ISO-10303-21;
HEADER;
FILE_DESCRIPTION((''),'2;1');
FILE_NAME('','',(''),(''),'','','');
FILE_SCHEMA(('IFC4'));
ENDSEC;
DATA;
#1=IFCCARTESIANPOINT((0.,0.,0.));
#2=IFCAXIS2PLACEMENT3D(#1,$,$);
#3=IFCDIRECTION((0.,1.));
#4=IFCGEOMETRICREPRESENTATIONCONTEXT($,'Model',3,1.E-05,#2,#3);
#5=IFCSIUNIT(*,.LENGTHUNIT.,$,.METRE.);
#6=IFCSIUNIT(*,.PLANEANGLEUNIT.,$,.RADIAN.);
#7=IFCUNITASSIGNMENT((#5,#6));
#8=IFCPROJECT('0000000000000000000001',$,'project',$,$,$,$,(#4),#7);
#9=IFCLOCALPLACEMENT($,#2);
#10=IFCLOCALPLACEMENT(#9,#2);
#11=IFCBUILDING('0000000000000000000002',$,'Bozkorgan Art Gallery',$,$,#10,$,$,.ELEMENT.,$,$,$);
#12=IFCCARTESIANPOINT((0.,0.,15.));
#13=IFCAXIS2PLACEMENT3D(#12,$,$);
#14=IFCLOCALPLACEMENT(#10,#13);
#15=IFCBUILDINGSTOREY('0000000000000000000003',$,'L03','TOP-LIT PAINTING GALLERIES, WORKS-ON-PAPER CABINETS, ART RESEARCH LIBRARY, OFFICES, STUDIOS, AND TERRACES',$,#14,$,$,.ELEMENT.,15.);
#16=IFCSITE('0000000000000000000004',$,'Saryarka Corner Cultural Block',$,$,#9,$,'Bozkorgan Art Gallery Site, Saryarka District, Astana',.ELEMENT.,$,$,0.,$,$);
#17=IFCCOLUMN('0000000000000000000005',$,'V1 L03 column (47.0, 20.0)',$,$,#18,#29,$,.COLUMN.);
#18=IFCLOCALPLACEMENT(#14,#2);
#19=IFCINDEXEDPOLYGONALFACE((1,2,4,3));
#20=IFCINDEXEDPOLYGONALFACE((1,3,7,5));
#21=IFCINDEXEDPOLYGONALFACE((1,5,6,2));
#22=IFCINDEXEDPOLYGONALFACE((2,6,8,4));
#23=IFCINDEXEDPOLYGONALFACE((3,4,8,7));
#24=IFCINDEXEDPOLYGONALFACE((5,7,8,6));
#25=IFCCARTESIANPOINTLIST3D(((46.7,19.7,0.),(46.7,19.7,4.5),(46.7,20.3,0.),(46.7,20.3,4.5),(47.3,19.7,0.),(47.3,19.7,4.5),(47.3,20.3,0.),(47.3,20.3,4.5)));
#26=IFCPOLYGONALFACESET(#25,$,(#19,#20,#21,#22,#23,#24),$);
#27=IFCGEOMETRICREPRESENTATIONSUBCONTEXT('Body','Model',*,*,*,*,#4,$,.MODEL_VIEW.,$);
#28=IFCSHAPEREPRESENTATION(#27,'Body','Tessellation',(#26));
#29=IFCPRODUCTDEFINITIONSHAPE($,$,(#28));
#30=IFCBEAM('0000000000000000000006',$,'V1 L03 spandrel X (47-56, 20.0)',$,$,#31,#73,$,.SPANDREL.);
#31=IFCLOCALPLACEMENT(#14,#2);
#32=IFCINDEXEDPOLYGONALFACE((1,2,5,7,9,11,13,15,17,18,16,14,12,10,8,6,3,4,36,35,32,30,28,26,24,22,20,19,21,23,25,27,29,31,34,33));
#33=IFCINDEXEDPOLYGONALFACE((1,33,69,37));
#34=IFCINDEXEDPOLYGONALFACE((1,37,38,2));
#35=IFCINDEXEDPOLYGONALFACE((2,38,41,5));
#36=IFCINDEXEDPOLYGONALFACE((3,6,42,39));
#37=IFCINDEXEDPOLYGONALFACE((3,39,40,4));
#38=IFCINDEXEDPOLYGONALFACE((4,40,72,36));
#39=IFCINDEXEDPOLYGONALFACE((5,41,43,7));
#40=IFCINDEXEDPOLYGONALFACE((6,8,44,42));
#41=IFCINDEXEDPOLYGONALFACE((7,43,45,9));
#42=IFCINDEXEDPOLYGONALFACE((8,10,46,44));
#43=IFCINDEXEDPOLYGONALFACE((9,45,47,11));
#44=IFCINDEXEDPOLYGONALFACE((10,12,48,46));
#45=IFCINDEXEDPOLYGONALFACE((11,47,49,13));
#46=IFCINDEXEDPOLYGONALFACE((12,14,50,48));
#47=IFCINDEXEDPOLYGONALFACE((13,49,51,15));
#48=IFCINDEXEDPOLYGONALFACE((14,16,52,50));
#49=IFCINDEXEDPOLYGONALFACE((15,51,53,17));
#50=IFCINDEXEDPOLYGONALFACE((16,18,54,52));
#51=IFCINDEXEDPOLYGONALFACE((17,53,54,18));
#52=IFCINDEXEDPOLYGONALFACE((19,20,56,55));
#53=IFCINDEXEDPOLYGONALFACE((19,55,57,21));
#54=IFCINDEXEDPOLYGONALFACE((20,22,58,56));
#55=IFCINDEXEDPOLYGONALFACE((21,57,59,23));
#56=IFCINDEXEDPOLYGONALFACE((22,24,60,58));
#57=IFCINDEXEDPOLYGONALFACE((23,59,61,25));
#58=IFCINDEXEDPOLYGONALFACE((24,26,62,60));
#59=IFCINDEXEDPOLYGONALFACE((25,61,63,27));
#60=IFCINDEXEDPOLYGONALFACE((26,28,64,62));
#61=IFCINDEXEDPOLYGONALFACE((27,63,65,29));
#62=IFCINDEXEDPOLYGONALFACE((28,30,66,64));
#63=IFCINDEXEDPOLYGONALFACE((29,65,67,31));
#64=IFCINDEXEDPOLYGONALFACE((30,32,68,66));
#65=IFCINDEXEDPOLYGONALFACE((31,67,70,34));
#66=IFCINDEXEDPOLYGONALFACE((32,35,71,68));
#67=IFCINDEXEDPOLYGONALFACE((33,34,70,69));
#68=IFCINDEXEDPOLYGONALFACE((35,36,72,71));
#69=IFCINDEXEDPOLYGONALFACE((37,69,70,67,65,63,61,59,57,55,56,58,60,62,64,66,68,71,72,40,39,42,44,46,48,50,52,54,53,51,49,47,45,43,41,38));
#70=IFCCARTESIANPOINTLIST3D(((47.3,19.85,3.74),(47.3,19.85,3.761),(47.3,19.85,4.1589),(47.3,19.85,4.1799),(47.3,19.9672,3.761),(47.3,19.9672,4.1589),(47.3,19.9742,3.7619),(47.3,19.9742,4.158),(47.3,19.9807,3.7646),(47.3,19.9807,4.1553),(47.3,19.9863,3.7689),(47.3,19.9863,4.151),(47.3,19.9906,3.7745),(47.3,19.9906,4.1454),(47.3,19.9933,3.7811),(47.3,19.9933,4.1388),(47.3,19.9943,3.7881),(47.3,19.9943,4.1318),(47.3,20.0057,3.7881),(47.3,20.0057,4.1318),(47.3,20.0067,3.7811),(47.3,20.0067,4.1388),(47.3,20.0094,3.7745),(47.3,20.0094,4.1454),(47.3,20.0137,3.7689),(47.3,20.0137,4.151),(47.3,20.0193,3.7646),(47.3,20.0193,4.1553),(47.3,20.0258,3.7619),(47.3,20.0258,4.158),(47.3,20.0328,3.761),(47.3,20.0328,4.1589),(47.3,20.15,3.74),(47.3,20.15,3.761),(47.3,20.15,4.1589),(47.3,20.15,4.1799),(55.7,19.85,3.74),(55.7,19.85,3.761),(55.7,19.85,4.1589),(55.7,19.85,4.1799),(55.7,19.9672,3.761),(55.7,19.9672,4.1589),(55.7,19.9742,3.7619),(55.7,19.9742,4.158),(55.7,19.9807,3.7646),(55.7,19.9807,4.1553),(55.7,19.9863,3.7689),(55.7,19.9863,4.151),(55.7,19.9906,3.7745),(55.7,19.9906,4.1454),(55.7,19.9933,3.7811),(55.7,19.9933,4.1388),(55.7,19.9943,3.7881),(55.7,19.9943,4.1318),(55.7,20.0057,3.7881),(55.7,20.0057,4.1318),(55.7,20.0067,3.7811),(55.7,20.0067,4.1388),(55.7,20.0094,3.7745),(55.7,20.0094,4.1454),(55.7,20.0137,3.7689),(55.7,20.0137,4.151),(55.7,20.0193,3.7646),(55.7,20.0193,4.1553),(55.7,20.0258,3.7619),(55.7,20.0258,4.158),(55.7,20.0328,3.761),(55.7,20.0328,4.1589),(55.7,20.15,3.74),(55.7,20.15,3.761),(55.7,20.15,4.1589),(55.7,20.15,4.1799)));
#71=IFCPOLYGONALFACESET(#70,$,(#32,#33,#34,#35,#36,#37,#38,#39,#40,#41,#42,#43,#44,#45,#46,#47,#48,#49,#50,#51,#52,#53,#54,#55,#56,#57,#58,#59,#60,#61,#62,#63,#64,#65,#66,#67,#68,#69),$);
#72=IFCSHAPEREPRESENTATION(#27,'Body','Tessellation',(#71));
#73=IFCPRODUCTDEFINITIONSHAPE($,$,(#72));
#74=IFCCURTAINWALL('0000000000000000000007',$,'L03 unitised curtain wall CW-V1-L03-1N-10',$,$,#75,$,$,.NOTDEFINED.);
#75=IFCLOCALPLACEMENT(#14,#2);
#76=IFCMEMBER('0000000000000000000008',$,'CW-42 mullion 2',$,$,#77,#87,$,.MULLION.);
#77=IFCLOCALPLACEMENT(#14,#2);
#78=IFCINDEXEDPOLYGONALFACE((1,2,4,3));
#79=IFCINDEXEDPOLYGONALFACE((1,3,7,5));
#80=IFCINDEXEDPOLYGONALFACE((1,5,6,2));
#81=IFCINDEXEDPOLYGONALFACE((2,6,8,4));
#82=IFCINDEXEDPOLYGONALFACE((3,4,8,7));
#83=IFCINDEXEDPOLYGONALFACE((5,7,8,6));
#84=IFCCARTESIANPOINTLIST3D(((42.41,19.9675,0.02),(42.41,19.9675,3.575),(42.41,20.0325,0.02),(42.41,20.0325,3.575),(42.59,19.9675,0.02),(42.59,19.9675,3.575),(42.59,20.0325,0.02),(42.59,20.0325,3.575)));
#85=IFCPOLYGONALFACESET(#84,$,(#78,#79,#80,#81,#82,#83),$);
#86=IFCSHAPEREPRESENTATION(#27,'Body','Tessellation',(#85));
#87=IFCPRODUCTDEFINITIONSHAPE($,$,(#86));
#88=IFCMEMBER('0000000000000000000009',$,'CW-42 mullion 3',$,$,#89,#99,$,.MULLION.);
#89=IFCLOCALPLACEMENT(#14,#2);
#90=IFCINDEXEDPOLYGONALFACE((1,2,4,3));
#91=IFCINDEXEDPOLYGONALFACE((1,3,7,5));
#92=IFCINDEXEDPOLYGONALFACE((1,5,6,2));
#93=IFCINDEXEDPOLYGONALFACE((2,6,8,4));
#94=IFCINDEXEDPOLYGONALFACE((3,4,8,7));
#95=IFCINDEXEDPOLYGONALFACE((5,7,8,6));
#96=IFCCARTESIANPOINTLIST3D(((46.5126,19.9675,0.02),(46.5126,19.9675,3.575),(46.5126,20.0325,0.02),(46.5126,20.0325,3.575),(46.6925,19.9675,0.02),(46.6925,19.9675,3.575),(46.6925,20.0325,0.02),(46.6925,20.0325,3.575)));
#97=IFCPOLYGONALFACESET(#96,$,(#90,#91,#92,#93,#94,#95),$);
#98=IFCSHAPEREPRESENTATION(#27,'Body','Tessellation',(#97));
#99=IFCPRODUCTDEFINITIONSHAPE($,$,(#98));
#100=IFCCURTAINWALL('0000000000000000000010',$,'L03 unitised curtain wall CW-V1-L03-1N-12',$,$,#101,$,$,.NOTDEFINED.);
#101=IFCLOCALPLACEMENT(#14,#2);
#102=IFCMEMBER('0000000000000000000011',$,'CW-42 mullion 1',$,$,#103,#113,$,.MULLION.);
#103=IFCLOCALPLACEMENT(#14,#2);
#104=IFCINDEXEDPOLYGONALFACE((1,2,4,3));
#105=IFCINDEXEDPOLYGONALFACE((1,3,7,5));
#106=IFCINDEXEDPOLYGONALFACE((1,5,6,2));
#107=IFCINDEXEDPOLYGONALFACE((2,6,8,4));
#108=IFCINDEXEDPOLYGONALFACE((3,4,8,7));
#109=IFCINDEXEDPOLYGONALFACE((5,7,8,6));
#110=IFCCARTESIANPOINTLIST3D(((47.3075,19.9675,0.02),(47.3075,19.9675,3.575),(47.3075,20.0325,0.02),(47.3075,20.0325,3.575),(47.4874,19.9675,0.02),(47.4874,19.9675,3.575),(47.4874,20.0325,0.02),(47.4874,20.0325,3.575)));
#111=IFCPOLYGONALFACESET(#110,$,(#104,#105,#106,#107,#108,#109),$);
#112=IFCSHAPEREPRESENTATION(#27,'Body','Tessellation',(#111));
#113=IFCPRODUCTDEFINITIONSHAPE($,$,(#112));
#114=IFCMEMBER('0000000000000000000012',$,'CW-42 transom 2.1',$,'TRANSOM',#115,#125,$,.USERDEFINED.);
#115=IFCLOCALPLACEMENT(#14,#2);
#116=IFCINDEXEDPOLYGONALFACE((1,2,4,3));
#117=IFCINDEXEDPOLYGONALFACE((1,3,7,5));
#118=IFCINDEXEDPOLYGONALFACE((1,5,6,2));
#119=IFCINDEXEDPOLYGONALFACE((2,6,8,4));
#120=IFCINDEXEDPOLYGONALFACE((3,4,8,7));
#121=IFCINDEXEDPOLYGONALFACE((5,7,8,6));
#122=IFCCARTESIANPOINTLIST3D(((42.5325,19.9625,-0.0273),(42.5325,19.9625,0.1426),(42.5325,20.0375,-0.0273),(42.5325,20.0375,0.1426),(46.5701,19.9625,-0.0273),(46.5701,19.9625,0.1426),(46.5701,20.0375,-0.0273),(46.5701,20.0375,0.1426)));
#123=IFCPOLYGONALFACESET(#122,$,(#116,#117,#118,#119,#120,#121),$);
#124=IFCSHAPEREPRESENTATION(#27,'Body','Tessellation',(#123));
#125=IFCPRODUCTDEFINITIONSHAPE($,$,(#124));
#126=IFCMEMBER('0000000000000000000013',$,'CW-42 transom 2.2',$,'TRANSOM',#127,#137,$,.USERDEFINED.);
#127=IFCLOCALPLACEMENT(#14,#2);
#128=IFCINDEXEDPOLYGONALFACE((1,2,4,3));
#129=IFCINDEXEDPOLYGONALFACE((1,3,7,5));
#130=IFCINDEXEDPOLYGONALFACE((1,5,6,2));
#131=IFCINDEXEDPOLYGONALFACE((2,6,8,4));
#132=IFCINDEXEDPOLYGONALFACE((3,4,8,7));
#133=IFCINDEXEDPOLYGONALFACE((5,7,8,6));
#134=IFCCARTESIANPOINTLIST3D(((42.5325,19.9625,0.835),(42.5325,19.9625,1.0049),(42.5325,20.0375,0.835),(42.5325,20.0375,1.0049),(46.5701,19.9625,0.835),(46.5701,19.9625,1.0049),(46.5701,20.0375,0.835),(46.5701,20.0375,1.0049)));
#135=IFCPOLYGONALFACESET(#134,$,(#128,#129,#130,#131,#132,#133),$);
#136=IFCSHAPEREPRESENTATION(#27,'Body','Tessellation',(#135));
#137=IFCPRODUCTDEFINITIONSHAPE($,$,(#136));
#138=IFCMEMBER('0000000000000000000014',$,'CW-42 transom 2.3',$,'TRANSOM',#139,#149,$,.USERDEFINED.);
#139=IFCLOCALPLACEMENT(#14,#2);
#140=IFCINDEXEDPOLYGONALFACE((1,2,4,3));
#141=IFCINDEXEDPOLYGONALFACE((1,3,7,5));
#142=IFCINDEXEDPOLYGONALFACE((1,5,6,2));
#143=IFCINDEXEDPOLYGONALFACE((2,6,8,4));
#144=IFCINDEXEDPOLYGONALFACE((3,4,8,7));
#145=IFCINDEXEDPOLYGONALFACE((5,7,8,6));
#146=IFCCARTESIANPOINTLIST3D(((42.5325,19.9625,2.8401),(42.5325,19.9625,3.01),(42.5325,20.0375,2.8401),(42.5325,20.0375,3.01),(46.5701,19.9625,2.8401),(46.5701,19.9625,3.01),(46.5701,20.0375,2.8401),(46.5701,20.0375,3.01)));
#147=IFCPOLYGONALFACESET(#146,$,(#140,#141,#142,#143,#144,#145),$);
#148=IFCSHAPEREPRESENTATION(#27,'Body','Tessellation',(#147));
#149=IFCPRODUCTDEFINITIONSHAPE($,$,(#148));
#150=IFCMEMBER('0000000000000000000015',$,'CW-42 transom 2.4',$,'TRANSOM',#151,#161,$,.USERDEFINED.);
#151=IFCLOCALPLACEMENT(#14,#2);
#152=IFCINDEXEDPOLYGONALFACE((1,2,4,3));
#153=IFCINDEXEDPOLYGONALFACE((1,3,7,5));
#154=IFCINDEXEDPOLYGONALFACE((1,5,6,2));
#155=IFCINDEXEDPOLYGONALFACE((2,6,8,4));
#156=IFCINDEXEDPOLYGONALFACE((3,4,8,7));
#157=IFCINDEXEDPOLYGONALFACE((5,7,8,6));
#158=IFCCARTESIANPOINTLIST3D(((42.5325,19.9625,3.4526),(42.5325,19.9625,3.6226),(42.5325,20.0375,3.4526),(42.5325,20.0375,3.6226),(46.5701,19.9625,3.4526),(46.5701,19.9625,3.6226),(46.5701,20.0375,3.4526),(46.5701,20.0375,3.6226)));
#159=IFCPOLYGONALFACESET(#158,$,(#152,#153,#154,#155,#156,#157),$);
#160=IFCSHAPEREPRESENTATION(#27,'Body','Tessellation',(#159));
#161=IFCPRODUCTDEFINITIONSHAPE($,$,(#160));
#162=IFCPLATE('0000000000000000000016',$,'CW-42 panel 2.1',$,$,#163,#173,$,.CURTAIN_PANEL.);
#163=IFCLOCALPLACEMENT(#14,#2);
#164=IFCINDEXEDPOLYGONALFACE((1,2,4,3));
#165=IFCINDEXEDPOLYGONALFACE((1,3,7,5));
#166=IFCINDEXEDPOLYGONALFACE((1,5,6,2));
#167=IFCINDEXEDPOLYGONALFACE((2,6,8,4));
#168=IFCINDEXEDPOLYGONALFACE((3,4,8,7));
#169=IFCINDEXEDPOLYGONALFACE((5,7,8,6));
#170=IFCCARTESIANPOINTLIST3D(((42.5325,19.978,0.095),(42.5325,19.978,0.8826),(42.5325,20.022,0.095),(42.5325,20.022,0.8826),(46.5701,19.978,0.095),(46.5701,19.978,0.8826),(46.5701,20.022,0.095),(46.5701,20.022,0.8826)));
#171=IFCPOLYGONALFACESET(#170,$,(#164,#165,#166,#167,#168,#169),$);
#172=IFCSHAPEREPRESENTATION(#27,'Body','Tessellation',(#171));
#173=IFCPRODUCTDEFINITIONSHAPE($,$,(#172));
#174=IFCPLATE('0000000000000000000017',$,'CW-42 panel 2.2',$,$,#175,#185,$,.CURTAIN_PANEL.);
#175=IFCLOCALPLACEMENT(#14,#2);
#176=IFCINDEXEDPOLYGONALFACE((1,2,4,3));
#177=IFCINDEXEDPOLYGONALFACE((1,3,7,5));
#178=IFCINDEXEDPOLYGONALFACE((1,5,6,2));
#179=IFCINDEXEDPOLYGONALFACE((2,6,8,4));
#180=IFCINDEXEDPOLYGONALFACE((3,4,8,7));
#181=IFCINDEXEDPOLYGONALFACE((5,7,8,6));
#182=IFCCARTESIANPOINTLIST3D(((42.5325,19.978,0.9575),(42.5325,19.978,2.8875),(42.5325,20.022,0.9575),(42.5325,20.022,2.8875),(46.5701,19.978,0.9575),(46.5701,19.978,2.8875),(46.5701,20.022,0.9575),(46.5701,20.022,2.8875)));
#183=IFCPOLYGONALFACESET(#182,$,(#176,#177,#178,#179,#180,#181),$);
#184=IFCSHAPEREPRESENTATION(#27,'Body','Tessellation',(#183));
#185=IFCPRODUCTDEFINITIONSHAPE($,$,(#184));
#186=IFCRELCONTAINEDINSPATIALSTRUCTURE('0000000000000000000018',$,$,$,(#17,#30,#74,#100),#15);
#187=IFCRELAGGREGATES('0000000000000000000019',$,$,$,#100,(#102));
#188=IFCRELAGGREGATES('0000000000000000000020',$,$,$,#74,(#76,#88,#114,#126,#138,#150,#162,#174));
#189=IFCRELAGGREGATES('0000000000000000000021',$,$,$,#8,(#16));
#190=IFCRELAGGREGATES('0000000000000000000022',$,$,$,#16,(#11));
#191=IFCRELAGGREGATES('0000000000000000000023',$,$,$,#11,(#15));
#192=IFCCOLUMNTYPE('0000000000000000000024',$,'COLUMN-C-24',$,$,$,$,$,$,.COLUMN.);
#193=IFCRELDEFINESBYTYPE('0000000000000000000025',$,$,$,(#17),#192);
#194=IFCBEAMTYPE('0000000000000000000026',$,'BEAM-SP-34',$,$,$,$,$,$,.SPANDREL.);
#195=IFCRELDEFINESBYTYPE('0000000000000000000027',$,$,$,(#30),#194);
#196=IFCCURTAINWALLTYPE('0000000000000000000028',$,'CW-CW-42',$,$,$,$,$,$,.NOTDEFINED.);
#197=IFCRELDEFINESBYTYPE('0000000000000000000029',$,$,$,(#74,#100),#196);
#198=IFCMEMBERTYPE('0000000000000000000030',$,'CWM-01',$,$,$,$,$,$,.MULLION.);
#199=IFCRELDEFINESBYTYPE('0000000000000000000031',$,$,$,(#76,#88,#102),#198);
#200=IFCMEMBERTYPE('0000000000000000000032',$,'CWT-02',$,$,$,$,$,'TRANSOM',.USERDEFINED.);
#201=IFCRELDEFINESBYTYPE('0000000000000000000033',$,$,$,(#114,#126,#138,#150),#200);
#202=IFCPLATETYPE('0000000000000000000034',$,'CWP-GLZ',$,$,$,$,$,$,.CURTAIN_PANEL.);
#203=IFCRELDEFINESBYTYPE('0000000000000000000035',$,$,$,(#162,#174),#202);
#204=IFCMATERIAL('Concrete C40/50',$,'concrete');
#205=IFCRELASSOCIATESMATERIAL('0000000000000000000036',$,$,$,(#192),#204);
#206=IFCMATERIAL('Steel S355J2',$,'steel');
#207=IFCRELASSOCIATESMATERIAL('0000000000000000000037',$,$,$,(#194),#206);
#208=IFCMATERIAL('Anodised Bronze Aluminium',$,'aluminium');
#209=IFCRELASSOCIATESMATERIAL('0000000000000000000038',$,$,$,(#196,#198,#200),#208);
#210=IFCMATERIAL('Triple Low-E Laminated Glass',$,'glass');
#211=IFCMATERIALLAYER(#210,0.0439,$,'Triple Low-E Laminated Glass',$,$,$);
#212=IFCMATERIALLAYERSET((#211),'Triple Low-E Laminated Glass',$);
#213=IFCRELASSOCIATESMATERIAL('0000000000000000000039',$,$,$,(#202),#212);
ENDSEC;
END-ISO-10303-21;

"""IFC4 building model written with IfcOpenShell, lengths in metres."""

from ifc_helpers import new_model, si_unit, direction, frame, origin, origin_2d, place, context, subcontext, project, spatial, rectangle, i_section, extrude, material, layer, layer_set, material_profile, profile_set, type_object, element, aggregate, save


model = new_model("IFC4")

# Units and contexts
model_context = context("Model", 3, precision=1e-05, world=origin(), true_north=direction((0.0, 1.0)))
body_context = subcontext(model_context, "Body", "Model", "MODEL_VIEW")
ifc_project = project(units=[si_unit("LENGTHUNIT", "METRE"), si_unit("PLANEANGLEUNIT", "RADIAN")], contexts=[model_context])

# Site, building, storey
site_placement = place(None, origin())
site = spatial("IfcSite", under=ifc_project, at=site_placement, Name="Saryarka Corner Cultural Block", LongName="Bozkorgan Art Gallery Site, Saryarka District, Astana", CompositionType="ELEMENT", RefElevation=0.0)
building_placement = place(site_placement, origin())
building = spatial("IfcBuilding", under=site, at=building_placement, Name="Bozkorgan Art Gallery", CompositionType="ELEMENT")
storey_placement = place(building_placement, frame((0.0, 0.0, 15.0)))
storey = spatial("IfcBuildingStorey", under=building, at=storey_placement, Name="L03", Description="TOP-LIT PAINTING GALLERIES, WORKS-ON-PAPER CABINETS, ART RESEARCH LIBRARY, OFFICES, STUDIOS, AND TERRACES", CompositionType="ELEMENT", Elevation=15.0)

# Column
ifc_material_1 = material(Name="Concrete C40/50", Category="concrete")
ifc_material_profile_1 = material_profile(ifc_material_1, rectangle(XDim=0.6001, YDim=0.6001, at=origin_2d()), Name="RC 600x600")
ifc_profile_set_1 = profile_set([ifc_material_profile_1], Name="Concrete C40/50")
column_type = type_object("IfcColumnType", Name="COLUMN-C-24", PredefinedType="COLUMN", material=ifc_profile_set_1)
column_placement = place(storey_placement, frame((47.0, 20.0, 0.0), z_axis=(0.0, 0.0, 1.0), x_axis=(1.0, 0.0, 0.0)))
element("IfcColumn", 1, at=column_placement, inside=storey, type_object=column_type, Name="V1 L03 column (47.0, 20.0)", PredefinedType="COLUMN", context=body_context, shape_type="SweptSolid", body=[
    extrude(rectangle(XDim=0.6001, YDim=0.6001, at=origin_2d()), origin(), (0.0, 0.0, 1.0), 4.5),
])

# Beam
ifc_material_2 = material(Name="Steel S355J2", Category="steel")
ifc_material_profile_2 = material_profile(ifc_material_2, i_section(OverallWidth=0.3, OverallDepth=0.4399, WebThickness=0.0115, FlangeThickness=0.021, FilletRadius=0.0271, at=origin_2d()), Name="HEA 450")
ifc_profile_set_2 = profile_set([ifc_material_profile_2], Name="Steel S355J2")
beam_type = type_object("IfcBeamType", Name="BEAM-SP-34", PredefinedType="SPANDREL", material=ifc_profile_set_2)
beam_placement = place(storey_placement, frame((47.3, 20.0, 3.96), z_axis=(1.0, 0.0, 0.0), x_axis=(0.0, 1.0, 0.0)))
element("IfcBeam", 2, at=beam_placement, inside=storey, type_object=beam_type, Name="V1 L03 spandrel X (47-56, 20.0)", PredefinedType="SPANDREL", context=body_context, shape_type="SweptSolid", body=[
    extrude(i_section(OverallWidth=0.3, OverallDepth=0.4399, WebThickness=0.0115, FlangeThickness=0.021, FilletRadius=0.0271, at=origin_2d()), origin(), (0.0, 0.0, 1.0), 8.3999),
])

# Curtain wall, members
ifc_material_3 = material(Name="Anodised Bronze Aluminium", Category="aluminium")
curtain_wall_type = type_object("IfcCurtainWallType", Name="CW-CW-42", PredefinedType="NOTDEFINED", material=ifc_material_3)
curtain_wall_1_placement = place(storey_placement, origin())
curtain_wall_1 = element("IfcCurtainWall", 3, at=curtain_wall_1_placement, inside=storey, type_object=curtain_wall_type, Name="L03 unitised curtain wall CW-V1-L03-1N-10", PredefinedType="NOTDEFINED")
ifc_material_profile_3 = material_profile(ifc_material_3, rectangle(XDim=0.0649, YDim=0.1799, at=origin_2d()), Name="ALU MULLION 65x180")
ifc_profile_set_3 = profile_set([ifc_material_profile_3], Name="Anodised Bronze Aluminium")
member_type_1 = type_object("IfcMemberType", Name="CWM-01", PredefinedType="MULLION", material=ifc_profile_set_3)
member_1_placement = place(storey_placement, frame((42.5, 20.0, 0.02), z_axis=(0.0, 0.0, 1.0), x_axis=(0.0, 1.0, 0.0)))
member_1 = element("IfcMember", 4, at=member_1_placement, type_object=member_type_1, Name="CW-42 mullion 2", PredefinedType="MULLION", context=body_context, shape_type="SweptSolid", body=[
    extrude(rectangle(XDim=0.0649, YDim=0.1799, at=origin_2d()), origin(), (0.0, 0.0, 1.0), 3.5549),
])
member_2_placement = place(storey_placement, frame((46.6025, 20.0, 0.02), z_axis=(0.0, 0.0, 1.0), x_axis=(0.0, 1.0, 0.0)))
member_2 = element("IfcMember", 5, at=member_2_placement, type_object=member_type_1, Name="CW-42 mullion 3", PredefinedType="MULLION", context=body_context, shape_type="SweptSolid", body=[
    extrude(rectangle(XDim=0.0649, YDim=0.1799, at=origin_2d()), origin(), (0.0, 0.0, 1.0), 3.5549),
])

# Curtain wall, member
curtain_wall_2_placement = place(storey_placement, origin())
curtain_wall_2 = element("IfcCurtainWall", 6, at=curtain_wall_2_placement, inside=storey, type_object=curtain_wall_type, Name="L03 unitised curtain wall CW-V1-L03-1N-12", PredefinedType="NOTDEFINED")
member_3_placement = place(storey_placement, frame((47.3975, 20.0, 0.02), z_axis=(0.0, 0.0, 1.0), x_axis=(0.0, 1.0, 0.0)))
member_3 = element("IfcMember", 7, at=member_3_placement, type_object=member_type_1, Name="CW-42 mullion 1", PredefinedType="MULLION", context=body_context, shape_type="SweptSolid", body=[
    extrude(rectangle(XDim=0.0649, YDim=0.1799, at=origin_2d()), origin(), (0.0, 0.0, 1.0), 3.5549),
])
aggregate(curtain_wall_2, [member_3])

# Members
ifc_material_profile_4 = material_profile(ifc_material_3, rectangle(XDim=0.075, YDim=0.1699, at=origin_2d()), Name="ALU TRANSOM 75x170")
ifc_profile_set_4 = profile_set([ifc_material_profile_4], Name="Anodised Bronze Aluminium")
member_type_2 = type_object("IfcMemberType", Name="CWT-02", ElementType="TRANSOM", PredefinedType="USERDEFINED", material=ifc_profile_set_4)
member_4_placement = place(storey_placement, frame((42.5325, 20.0, 0.0576), z_axis=(1.0, 0.0, 0.0), x_axis=(0.0, 1.0, 0.0)))
member_4 = element("IfcMember", 8, at=member_4_placement, type_object=member_type_2, Name="CW-42 transom 2.1", ObjectType="TRANSOM", PredefinedType="USERDEFINED", context=body_context, shape_type="SweptSolid", body=[
    extrude(rectangle(XDim=0.075, YDim=0.1699, at=origin_2d()), origin(), (0.0, 0.0, 1.0), 4.0376),
])
member_5_placement = place(storey_placement, frame((42.5325, 20.0, 0.9199), z_axis=(1.0, 0.0, 0.0), x_axis=(0.0, 1.0, 0.0)))
member_5 = element("IfcMember", 9, at=member_5_placement, type_object=member_type_2, Name="CW-42 transom 2.2", ObjectType="TRANSOM", PredefinedType="USERDEFINED", context=body_context, shape_type="SweptSolid", body=[
    extrude(rectangle(XDim=0.075, YDim=0.1699, at=origin_2d()), origin(), (0.0, 0.0, 1.0), 4.0376),
])
member_6_placement = place(storey_placement, frame((42.5325, 20.0, 2.925), z_axis=(1.0, 0.0, 0.0), x_axis=(0.0, 1.0, 0.0)))
member_6 = element("IfcMember", 10, at=member_6_placement, type_object=member_type_2, Name="CW-42 transom 2.3", ObjectType="TRANSOM", PredefinedType="USERDEFINED", context=body_context, shape_type="SweptSolid", body=[
    extrude(rectangle(XDim=0.075, YDim=0.1699, at=origin_2d()), origin(), (0.0, 0.0, 1.0), 4.0376),
])
member_7_placement = place(storey_placement, frame((42.5325, 20.0, 3.5376), z_axis=(1.0, 0.0, 0.0), x_axis=(0.0, 1.0, 0.0)))
member_7 = element("IfcMember", 11, at=member_7_placement, type_object=member_type_2, Name="CW-42 transom 2.4", ObjectType="TRANSOM", PredefinedType="USERDEFINED", context=body_context, shape_type="SweptSolid", body=[
    extrude(rectangle(XDim=0.075, YDim=0.1699, at=origin_2d()), origin(), (0.0, 0.0, 1.0), 4.0376),
])

# Plates
ifc_material_4 = material(Name="Triple Low-E Laminated Glass", Category="glass")
ifc_layer = layer(ifc_material_4, 0.0439, Name="Triple Low-E Laminated Glass")
ifc_layer_set = layer_set([ifc_layer], Name="Triple Low-E Laminated Glass")
plate_type = type_object("IfcPlateType", Name="CWP-GLZ", PredefinedType="CURTAIN_PANEL", material=ifc_layer_set)
plate_1_placement = place(storey_placement, frame((44.5513, 20.0, 0.095), z_axis=(0.0, 0.0, 1.0), x_axis=(1.0, 0.0, 0.0)))
plate_1 = element("IfcPlate", 12, at=plate_1_placement, type_object=plate_type, Name="CW-42 panel 2.1", PredefinedType="CURTAIN_PANEL", context=body_context, shape_type="SweptSolid", body=[
    extrude(rectangle(XDim=4.0376, YDim=0.0439, at=origin_2d()), origin(), (0.0, 0.0, 1.0), 0.7876),
])
plate_2_placement = place(storey_placement, frame((44.5513, 20.0, 0.9575), z_axis=(0.0, 0.0, 1.0), x_axis=(1.0, 0.0, 0.0)))
plate_2 = element("IfcPlate", 13, at=plate_2_placement, type_object=plate_type, Name="CW-42 panel 2.2", PredefinedType="CURTAIN_PANEL", context=body_context, shape_type="SweptSolid", body=[
    extrude(rectangle(XDim=4.0376, YDim=0.0439, at=origin_2d()), origin(), (0.0, 0.0, 1.0), 1.9299),
])
aggregate(curtain_wall_1, [member_1, member_2, member_4, member_5, member_6, member_7, plate_1, plate_2])

save(model, "model.ifc")
